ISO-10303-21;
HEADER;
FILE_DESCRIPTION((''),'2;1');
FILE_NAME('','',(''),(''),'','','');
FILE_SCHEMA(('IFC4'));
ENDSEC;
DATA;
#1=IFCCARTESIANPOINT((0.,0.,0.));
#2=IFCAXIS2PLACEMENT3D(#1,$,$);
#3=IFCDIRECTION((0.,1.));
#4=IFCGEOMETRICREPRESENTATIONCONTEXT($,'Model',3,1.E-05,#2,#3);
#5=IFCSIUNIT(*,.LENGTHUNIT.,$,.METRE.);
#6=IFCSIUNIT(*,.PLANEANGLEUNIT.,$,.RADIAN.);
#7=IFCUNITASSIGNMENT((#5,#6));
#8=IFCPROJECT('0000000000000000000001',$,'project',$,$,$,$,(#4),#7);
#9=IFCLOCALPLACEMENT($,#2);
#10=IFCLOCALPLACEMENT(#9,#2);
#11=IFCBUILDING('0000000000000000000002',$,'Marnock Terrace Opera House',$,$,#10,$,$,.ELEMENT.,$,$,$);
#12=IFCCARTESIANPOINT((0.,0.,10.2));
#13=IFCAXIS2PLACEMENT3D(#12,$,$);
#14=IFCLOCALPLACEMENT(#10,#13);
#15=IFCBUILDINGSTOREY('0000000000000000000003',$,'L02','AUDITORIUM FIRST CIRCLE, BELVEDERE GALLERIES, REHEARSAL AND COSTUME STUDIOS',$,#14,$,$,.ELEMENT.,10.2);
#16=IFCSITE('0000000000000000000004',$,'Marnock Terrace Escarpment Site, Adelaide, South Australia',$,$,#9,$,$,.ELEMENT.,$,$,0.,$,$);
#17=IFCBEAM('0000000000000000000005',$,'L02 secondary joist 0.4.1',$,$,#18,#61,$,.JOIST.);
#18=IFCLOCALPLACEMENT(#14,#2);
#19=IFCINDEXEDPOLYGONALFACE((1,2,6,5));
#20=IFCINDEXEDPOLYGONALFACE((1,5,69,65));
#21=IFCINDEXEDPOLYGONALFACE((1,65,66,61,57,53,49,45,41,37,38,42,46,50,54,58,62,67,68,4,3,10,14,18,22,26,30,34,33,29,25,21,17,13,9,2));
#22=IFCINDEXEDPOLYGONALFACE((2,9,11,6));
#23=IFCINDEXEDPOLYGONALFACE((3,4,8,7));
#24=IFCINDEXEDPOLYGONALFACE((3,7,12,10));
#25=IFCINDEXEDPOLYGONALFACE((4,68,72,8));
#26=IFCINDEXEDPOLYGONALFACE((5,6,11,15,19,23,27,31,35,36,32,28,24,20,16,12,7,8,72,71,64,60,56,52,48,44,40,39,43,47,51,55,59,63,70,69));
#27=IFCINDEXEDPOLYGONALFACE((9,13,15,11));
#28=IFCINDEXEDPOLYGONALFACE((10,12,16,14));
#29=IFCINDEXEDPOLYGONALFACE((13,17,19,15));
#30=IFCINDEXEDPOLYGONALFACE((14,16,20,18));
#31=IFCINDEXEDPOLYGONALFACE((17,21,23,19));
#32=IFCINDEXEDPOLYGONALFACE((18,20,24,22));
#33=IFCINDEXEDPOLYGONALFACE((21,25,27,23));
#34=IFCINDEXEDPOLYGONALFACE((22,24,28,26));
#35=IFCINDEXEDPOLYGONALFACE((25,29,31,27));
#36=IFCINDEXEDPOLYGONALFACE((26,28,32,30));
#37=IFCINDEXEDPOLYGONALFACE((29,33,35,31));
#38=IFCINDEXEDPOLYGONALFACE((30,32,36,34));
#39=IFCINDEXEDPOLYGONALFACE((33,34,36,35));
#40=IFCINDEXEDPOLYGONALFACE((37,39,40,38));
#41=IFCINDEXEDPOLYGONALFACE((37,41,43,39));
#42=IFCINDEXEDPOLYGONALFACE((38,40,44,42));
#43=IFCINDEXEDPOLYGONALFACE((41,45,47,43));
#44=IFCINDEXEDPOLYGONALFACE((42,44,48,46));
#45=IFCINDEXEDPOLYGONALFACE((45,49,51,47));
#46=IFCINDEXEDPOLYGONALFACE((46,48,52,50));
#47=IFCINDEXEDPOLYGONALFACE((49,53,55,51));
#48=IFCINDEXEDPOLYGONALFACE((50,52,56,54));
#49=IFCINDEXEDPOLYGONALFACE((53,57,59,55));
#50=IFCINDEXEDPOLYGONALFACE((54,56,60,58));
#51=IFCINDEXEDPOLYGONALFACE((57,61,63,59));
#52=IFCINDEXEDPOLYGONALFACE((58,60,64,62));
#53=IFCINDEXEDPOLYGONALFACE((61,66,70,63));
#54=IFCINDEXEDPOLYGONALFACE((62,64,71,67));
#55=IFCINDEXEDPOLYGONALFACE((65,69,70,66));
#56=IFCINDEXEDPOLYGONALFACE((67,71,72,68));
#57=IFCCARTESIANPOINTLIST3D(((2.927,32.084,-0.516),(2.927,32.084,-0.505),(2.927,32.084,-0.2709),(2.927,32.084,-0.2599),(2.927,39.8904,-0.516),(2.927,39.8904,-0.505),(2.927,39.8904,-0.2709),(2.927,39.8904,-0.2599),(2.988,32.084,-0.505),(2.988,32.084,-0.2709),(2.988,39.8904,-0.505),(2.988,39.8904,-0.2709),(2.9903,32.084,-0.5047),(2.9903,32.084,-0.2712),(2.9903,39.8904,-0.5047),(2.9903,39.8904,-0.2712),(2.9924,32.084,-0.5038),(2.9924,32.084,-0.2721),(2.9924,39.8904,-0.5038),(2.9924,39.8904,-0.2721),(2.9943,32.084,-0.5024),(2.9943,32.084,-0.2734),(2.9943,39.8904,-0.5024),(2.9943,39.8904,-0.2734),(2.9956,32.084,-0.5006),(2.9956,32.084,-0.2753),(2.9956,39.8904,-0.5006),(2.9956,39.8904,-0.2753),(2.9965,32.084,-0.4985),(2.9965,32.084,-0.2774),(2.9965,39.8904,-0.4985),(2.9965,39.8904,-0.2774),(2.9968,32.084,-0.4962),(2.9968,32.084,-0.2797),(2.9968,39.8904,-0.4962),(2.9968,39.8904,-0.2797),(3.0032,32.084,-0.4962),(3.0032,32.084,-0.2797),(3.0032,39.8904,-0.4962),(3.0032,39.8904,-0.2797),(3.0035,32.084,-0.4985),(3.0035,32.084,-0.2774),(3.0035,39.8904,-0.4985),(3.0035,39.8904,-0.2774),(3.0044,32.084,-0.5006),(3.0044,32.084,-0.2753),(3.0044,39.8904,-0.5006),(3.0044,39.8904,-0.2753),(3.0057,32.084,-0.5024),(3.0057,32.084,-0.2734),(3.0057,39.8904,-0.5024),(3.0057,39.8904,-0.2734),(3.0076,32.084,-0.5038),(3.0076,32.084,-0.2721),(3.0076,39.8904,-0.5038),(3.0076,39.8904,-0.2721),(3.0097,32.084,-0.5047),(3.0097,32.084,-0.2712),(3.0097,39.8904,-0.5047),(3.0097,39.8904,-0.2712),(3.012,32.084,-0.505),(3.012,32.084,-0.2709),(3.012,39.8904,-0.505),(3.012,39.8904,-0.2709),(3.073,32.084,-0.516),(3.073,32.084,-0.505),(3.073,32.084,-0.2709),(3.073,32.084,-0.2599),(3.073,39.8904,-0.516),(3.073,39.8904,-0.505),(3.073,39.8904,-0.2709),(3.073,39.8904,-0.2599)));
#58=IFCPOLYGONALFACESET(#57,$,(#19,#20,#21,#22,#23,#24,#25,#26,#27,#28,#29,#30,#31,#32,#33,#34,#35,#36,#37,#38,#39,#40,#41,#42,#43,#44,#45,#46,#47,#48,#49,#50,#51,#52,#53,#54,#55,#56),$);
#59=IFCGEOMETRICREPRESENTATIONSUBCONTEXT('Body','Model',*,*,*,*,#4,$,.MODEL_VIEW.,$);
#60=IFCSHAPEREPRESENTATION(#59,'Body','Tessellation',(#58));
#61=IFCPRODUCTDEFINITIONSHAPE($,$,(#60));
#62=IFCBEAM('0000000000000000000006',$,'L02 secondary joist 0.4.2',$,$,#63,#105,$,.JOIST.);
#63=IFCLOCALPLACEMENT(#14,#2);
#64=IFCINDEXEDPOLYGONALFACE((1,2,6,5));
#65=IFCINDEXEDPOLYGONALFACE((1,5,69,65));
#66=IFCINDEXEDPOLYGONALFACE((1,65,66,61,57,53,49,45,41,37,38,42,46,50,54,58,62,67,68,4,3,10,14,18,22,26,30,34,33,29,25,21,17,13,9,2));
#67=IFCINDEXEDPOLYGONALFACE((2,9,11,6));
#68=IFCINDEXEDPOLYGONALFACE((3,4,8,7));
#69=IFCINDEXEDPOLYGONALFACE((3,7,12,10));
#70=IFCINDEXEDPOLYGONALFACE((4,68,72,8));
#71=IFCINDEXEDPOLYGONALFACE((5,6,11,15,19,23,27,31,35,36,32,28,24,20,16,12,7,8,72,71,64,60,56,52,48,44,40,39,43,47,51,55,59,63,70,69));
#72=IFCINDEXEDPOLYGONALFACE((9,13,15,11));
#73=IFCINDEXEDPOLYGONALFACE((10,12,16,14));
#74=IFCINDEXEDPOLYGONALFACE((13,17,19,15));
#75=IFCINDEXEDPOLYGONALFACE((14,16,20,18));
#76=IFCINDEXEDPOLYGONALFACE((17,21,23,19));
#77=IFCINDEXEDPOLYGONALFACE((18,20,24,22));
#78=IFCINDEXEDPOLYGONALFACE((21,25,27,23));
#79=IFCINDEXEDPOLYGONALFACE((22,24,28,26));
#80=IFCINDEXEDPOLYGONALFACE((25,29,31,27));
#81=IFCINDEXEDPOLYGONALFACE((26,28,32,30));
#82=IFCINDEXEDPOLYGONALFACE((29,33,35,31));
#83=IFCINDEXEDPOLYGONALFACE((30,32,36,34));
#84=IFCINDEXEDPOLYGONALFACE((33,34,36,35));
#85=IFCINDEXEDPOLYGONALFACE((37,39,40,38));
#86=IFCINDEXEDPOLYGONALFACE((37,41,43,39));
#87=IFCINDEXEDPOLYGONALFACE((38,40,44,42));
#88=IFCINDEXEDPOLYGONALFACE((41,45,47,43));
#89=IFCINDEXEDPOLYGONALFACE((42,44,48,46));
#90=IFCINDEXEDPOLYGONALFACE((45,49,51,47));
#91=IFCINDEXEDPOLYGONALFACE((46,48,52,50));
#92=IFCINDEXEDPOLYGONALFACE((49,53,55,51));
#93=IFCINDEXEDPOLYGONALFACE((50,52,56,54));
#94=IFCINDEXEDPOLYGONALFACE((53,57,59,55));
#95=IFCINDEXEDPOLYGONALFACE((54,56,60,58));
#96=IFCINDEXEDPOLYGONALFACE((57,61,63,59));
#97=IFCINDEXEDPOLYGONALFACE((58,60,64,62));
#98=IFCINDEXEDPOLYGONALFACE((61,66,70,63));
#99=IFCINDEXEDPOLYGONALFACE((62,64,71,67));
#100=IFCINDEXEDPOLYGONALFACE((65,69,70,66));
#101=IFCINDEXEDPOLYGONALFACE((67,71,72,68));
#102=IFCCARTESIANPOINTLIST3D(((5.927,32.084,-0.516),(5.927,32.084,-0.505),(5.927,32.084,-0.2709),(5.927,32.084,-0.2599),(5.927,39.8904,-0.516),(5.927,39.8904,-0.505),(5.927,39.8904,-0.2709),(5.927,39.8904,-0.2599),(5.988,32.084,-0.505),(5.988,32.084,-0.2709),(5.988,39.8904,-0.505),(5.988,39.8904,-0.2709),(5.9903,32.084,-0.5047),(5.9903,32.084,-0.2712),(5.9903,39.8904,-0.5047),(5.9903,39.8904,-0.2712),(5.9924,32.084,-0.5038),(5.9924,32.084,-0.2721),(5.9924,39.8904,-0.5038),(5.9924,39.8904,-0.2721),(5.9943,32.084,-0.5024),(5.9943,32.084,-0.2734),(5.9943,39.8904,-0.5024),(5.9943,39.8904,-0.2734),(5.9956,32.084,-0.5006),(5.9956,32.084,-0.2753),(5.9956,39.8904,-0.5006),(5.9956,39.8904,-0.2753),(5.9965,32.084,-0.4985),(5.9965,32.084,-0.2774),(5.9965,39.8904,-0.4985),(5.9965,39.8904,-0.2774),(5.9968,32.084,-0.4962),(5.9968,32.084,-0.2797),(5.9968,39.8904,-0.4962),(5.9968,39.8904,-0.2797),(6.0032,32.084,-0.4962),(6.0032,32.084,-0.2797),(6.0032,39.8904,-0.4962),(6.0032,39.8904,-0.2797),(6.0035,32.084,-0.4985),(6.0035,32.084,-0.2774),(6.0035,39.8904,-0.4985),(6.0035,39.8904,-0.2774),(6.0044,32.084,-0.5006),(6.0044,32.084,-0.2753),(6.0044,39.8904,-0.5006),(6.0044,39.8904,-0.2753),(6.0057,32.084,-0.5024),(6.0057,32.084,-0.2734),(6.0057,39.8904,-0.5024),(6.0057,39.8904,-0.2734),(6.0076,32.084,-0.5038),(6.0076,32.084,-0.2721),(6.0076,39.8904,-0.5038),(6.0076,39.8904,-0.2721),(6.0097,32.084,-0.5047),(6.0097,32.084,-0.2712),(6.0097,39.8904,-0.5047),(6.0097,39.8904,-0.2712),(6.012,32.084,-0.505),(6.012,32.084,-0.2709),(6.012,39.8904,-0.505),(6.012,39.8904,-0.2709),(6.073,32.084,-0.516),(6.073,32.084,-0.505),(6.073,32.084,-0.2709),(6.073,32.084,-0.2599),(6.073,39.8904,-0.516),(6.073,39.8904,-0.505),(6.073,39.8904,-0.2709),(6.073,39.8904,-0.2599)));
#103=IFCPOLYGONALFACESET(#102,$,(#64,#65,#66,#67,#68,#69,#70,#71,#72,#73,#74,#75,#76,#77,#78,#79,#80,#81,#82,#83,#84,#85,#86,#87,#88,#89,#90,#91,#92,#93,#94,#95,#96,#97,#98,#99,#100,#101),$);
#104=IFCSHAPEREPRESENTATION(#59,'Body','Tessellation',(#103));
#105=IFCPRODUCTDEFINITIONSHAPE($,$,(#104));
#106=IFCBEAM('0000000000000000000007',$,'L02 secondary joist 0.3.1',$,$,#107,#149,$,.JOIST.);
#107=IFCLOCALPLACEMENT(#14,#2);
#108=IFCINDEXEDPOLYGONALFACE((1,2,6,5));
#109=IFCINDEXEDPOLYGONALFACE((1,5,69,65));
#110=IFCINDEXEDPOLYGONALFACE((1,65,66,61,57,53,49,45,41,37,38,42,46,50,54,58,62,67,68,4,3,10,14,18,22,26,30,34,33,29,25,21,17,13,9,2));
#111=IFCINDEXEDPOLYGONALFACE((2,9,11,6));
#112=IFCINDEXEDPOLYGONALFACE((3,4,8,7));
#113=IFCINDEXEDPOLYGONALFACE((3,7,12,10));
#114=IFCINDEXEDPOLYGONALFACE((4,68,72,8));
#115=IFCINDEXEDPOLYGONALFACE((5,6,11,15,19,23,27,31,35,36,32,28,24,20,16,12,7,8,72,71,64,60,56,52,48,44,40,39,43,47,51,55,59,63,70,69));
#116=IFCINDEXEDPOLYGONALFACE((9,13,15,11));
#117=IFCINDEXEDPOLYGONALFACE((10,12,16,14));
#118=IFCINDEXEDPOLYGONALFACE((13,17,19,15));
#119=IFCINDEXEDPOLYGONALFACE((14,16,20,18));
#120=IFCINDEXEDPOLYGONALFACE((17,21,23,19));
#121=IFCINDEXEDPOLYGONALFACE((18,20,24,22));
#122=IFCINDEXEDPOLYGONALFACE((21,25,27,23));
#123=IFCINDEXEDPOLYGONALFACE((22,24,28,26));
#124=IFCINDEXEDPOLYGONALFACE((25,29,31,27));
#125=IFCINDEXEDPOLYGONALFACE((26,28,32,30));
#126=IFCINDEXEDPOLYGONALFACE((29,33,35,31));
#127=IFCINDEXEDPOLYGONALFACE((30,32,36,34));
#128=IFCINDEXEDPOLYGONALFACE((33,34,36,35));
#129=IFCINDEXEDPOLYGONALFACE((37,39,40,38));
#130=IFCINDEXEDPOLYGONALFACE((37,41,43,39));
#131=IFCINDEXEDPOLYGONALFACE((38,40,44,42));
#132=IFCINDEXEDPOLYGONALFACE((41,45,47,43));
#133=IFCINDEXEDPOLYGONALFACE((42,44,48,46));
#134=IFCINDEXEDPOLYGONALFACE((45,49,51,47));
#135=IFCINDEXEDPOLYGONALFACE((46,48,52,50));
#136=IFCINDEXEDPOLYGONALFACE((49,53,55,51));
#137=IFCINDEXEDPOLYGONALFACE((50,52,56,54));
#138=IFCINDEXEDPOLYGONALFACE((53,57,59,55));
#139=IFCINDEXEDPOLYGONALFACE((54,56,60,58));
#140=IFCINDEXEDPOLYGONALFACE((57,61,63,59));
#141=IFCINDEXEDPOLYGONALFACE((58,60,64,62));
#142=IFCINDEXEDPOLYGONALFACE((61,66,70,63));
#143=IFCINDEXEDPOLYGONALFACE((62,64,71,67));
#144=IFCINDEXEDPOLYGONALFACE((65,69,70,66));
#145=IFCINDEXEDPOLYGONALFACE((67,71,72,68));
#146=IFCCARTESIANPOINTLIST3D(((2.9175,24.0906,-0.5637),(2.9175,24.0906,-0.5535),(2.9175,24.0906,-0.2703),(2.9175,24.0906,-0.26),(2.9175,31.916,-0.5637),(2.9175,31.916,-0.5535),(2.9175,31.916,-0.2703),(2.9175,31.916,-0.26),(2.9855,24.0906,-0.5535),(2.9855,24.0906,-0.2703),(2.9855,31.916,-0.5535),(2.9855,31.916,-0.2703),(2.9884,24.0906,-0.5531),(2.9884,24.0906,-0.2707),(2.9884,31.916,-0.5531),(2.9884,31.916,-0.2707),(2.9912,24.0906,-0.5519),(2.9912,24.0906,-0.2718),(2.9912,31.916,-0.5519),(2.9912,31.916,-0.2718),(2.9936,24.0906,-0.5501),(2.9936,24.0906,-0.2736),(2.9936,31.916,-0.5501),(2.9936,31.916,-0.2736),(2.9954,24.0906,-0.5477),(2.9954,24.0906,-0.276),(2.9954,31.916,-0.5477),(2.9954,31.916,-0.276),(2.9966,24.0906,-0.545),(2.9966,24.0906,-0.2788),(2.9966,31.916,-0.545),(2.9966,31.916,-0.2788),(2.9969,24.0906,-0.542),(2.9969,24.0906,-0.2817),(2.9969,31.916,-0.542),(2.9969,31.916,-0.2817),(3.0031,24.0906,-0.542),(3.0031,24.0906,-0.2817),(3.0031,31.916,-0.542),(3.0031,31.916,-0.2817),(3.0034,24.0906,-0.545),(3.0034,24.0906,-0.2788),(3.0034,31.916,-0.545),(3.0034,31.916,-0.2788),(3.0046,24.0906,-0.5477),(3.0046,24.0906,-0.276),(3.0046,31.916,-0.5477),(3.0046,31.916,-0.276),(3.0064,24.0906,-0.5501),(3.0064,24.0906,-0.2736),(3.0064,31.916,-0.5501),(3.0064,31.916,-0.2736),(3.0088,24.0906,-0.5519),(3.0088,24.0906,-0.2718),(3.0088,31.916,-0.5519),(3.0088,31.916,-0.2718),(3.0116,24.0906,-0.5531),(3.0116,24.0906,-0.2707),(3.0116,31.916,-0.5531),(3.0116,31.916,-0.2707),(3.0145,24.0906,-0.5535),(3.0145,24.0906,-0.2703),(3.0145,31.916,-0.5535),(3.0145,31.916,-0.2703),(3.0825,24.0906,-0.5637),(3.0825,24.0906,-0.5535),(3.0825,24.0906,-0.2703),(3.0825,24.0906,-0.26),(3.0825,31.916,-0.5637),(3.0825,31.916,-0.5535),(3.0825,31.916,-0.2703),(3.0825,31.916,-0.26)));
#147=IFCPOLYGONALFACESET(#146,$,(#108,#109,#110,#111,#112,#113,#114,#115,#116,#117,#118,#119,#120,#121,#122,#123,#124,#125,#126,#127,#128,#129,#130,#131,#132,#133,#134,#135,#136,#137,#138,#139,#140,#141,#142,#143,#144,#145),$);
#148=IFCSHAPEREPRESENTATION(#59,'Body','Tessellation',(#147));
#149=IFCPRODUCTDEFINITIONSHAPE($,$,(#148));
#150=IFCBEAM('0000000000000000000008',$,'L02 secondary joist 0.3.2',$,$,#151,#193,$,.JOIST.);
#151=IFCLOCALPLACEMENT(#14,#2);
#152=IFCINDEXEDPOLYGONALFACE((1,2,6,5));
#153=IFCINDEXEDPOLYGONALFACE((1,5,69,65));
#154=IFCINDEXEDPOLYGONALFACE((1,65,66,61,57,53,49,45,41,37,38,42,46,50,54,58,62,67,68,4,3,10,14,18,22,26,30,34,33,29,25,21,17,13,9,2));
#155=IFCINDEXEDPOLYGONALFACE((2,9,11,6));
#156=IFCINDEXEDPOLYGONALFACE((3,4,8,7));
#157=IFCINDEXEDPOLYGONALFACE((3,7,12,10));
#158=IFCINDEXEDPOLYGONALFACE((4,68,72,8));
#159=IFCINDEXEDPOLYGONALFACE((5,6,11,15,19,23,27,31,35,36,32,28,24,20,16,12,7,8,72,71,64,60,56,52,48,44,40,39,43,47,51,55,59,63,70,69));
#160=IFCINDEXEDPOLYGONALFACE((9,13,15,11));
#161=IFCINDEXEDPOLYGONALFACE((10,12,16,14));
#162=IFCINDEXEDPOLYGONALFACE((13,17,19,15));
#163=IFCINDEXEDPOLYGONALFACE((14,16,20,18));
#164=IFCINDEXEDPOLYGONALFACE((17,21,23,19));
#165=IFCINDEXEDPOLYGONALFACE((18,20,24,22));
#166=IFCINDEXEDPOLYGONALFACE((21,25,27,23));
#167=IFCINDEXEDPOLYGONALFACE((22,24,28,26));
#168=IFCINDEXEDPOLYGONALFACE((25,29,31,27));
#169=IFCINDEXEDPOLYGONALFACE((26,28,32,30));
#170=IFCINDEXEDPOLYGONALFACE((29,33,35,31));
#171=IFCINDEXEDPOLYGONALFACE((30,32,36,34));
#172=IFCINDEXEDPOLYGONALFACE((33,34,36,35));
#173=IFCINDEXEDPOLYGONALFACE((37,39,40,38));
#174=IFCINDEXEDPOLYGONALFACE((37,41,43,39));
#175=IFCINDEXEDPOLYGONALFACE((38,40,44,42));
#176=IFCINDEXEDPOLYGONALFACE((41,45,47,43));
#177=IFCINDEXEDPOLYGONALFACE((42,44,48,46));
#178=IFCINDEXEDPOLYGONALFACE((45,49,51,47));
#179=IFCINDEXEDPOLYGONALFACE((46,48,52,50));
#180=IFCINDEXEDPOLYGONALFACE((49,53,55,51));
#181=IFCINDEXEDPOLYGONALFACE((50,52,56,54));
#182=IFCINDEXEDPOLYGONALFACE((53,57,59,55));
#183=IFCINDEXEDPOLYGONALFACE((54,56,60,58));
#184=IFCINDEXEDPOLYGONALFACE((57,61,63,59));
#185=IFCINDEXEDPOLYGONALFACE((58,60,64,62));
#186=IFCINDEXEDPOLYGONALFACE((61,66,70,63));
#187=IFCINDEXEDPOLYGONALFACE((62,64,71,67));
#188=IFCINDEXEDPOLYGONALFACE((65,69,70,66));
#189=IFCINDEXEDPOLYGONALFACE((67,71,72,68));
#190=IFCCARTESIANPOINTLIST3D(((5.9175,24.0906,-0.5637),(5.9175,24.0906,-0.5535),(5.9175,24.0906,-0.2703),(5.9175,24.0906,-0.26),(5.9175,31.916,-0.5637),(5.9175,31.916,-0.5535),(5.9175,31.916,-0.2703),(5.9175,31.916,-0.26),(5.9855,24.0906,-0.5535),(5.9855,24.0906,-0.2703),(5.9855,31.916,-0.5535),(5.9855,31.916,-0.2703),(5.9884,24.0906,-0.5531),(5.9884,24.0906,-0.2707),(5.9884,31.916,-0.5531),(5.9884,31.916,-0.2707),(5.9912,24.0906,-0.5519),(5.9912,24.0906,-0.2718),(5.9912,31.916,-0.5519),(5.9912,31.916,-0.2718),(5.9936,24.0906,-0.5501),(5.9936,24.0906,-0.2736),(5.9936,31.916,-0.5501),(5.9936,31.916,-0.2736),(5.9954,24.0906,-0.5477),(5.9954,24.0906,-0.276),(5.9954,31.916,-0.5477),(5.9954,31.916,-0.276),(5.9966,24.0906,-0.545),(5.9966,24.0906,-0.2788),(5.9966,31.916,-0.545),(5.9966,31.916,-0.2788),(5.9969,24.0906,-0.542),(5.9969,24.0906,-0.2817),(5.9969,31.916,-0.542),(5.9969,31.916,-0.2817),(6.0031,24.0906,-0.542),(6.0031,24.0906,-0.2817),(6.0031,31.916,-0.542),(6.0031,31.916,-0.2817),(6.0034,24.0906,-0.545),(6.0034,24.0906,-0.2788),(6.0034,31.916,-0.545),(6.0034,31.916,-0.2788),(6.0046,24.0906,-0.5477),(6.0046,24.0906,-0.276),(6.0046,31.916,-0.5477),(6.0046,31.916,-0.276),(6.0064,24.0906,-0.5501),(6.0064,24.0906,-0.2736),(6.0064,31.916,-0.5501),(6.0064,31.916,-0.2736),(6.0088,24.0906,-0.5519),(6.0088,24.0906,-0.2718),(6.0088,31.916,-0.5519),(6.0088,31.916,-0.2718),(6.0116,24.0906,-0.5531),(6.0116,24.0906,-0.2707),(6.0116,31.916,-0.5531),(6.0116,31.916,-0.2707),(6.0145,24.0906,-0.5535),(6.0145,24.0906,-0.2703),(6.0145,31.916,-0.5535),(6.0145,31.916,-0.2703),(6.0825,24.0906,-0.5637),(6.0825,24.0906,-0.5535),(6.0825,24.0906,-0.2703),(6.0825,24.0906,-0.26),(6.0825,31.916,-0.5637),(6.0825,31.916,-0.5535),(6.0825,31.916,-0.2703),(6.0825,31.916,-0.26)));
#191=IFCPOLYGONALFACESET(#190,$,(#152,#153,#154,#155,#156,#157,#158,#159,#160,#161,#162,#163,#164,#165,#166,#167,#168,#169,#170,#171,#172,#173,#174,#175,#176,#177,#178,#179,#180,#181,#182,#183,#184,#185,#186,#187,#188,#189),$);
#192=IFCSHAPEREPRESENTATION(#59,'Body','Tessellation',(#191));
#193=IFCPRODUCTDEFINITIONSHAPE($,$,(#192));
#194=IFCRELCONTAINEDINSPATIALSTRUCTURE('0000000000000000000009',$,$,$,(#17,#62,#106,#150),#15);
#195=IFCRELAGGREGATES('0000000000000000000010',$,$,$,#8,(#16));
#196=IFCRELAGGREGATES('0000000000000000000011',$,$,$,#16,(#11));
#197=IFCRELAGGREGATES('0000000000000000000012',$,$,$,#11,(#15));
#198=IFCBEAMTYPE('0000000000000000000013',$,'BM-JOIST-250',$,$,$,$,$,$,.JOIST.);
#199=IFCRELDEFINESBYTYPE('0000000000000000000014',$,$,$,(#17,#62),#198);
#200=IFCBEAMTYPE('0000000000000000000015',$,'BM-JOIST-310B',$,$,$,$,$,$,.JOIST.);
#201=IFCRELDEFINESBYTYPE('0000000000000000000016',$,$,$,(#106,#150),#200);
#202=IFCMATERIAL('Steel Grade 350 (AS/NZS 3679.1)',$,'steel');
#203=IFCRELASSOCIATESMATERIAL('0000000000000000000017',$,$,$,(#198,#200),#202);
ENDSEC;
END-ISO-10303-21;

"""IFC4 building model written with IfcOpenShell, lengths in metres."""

from ifc_helpers import new_model, si_unit, direction, frame, origin, origin_2d, place, context, subcontext, project, spatial, i_section, extrude, material, material_profile, profile_set, type_object, element, save


model = new_model("IFC4")

# Units and contexts
model_context = context("Model", 3, precision=1e-05, world=origin(), true_north=direction((0.0, 1.0)))
body_context = subcontext(model_context, "Body", "Model", "MODEL_VIEW")
ifc_project = project(units=[si_unit("LENGTHUNIT", "METRE"), si_unit("PLANEANGLEUNIT", "RADIAN")], contexts=[model_context])

# Site, building, storey
site_placement = place(None, origin())
site = spatial("IfcSite", under=ifc_project, at=site_placement, Name="Marnock Terrace Escarpment Site, Adelaide, South Australia", CompositionType="ELEMENT", RefElevation=0.0)
building_placement = place(site_placement, origin())
building = spatial("IfcBuilding", under=site, at=building_placement, Name="Marnock Terrace Opera House", CompositionType="ELEMENT")
storey_placement = place(building_placement, frame((0.0, 0.0, 10.2)))
storey = spatial("IfcBuildingStorey", under=building, at=storey_placement, Name="L02", Description="AUDITORIUM FIRST CIRCLE, BELVEDERE GALLERIES, REHEARSAL AND COSTUME STUDIOS", CompositionType="ELEMENT", Elevation=10.2)

# Beams
ifc_material_1 = material(Name="Steel Grade 350 (AS/NZS 3679.1)", Category="steel")
ifc_material_profile_1 = material_profile(ifc_material_1, i_section(OverallWidth=0.146, OverallDepth=0.2561, WebThickness=0.0063, FlangeThickness=0.011, FilletRadius=0.0088, at=origin_2d()))
ifc_profile_set_1 = profile_set([ifc_material_profile_1], Name="Steel Grade 350 (AS/NZS 3679.1)")
beam_type_1 = type_object("IfcBeamType", Name="BM-JOIST-250", PredefinedType="JOIST", material=ifc_profile_set_1)
for number, where, z_axis, x_axis, name in (
    (1, (3.0, 32.084, -0.3879), (0.0, 1.0, 0.0), (-1.0, 0.0, 0.0), "L02 secondary joist 0.4.1"),
    (2, (6.0, 32.084, -0.3879), (0.0, 1.0, 0.0), (-1.0, 0.0, 0.0), "L02 secondary joist 0.4.2"),
):
    element("IfcBeam", number, at=place(storey_placement, frame(where, z_axis=z_axis, x_axis=x_axis)), inside=storey, type_object=beam_type_1, Name=name, PredefinedType="JOIST", context=body_context, shape_type="SweptSolid", body=[
        extrude(i_section(OverallWidth=0.146, OverallDepth=0.2561, WebThickness=0.0063, FlangeThickness=0.011, FilletRadius=0.0088, at=origin_2d()), origin(), (0.0, 0.0, 1.0), 7.8064),
    ])
ifc_material_profile_2 = material_profile(ifc_material_1, i_section(OverallWidth=0.165, OverallDepth=0.3037, WebThickness=0.0061, FlangeThickness=0.0103, FilletRadius=0.0115, at=origin_2d()))
ifc_profile_set_2 = profile_set([ifc_material_profile_2], Name="Steel Grade 350 (AS/NZS 3679.1)")
beam_type_2 = type_object("IfcBeamType", Name="BM-JOIST-310B", PredefinedType="JOIST", material=ifc_profile_set_2)
for number, where, z_axis, x_axis, name in (
    (3, (3.0, 24.0906, -0.4119), (0.0, 1.0, 0.0), (-1.0, 0.0, 0.0), "L02 secondary joist 0.3.1"),
    (4, (6.0, 24.0906, -0.4119), (0.0, 1.0, 0.0), (-1.0, 0.0, 0.0), "L02 secondary joist 0.3.2"),
):
    element("IfcBeam", number, at=place(storey_placement, frame(where, z_axis=z_axis, x_axis=x_axis)), inside=storey, type_object=beam_type_2, Name=name, PredefinedType="JOIST", context=body_context, shape_type="SweptSolid", body=[
        extrude(i_section(OverallWidth=0.165, OverallDepth=0.3037, WebThickness=0.0061, FlangeThickness=0.0103, FilletRadius=0.0115, at=origin_2d()), origin(), (0.0, 0.0, 1.0), 7.8254),
    ])

save(model, "model.ifc")
